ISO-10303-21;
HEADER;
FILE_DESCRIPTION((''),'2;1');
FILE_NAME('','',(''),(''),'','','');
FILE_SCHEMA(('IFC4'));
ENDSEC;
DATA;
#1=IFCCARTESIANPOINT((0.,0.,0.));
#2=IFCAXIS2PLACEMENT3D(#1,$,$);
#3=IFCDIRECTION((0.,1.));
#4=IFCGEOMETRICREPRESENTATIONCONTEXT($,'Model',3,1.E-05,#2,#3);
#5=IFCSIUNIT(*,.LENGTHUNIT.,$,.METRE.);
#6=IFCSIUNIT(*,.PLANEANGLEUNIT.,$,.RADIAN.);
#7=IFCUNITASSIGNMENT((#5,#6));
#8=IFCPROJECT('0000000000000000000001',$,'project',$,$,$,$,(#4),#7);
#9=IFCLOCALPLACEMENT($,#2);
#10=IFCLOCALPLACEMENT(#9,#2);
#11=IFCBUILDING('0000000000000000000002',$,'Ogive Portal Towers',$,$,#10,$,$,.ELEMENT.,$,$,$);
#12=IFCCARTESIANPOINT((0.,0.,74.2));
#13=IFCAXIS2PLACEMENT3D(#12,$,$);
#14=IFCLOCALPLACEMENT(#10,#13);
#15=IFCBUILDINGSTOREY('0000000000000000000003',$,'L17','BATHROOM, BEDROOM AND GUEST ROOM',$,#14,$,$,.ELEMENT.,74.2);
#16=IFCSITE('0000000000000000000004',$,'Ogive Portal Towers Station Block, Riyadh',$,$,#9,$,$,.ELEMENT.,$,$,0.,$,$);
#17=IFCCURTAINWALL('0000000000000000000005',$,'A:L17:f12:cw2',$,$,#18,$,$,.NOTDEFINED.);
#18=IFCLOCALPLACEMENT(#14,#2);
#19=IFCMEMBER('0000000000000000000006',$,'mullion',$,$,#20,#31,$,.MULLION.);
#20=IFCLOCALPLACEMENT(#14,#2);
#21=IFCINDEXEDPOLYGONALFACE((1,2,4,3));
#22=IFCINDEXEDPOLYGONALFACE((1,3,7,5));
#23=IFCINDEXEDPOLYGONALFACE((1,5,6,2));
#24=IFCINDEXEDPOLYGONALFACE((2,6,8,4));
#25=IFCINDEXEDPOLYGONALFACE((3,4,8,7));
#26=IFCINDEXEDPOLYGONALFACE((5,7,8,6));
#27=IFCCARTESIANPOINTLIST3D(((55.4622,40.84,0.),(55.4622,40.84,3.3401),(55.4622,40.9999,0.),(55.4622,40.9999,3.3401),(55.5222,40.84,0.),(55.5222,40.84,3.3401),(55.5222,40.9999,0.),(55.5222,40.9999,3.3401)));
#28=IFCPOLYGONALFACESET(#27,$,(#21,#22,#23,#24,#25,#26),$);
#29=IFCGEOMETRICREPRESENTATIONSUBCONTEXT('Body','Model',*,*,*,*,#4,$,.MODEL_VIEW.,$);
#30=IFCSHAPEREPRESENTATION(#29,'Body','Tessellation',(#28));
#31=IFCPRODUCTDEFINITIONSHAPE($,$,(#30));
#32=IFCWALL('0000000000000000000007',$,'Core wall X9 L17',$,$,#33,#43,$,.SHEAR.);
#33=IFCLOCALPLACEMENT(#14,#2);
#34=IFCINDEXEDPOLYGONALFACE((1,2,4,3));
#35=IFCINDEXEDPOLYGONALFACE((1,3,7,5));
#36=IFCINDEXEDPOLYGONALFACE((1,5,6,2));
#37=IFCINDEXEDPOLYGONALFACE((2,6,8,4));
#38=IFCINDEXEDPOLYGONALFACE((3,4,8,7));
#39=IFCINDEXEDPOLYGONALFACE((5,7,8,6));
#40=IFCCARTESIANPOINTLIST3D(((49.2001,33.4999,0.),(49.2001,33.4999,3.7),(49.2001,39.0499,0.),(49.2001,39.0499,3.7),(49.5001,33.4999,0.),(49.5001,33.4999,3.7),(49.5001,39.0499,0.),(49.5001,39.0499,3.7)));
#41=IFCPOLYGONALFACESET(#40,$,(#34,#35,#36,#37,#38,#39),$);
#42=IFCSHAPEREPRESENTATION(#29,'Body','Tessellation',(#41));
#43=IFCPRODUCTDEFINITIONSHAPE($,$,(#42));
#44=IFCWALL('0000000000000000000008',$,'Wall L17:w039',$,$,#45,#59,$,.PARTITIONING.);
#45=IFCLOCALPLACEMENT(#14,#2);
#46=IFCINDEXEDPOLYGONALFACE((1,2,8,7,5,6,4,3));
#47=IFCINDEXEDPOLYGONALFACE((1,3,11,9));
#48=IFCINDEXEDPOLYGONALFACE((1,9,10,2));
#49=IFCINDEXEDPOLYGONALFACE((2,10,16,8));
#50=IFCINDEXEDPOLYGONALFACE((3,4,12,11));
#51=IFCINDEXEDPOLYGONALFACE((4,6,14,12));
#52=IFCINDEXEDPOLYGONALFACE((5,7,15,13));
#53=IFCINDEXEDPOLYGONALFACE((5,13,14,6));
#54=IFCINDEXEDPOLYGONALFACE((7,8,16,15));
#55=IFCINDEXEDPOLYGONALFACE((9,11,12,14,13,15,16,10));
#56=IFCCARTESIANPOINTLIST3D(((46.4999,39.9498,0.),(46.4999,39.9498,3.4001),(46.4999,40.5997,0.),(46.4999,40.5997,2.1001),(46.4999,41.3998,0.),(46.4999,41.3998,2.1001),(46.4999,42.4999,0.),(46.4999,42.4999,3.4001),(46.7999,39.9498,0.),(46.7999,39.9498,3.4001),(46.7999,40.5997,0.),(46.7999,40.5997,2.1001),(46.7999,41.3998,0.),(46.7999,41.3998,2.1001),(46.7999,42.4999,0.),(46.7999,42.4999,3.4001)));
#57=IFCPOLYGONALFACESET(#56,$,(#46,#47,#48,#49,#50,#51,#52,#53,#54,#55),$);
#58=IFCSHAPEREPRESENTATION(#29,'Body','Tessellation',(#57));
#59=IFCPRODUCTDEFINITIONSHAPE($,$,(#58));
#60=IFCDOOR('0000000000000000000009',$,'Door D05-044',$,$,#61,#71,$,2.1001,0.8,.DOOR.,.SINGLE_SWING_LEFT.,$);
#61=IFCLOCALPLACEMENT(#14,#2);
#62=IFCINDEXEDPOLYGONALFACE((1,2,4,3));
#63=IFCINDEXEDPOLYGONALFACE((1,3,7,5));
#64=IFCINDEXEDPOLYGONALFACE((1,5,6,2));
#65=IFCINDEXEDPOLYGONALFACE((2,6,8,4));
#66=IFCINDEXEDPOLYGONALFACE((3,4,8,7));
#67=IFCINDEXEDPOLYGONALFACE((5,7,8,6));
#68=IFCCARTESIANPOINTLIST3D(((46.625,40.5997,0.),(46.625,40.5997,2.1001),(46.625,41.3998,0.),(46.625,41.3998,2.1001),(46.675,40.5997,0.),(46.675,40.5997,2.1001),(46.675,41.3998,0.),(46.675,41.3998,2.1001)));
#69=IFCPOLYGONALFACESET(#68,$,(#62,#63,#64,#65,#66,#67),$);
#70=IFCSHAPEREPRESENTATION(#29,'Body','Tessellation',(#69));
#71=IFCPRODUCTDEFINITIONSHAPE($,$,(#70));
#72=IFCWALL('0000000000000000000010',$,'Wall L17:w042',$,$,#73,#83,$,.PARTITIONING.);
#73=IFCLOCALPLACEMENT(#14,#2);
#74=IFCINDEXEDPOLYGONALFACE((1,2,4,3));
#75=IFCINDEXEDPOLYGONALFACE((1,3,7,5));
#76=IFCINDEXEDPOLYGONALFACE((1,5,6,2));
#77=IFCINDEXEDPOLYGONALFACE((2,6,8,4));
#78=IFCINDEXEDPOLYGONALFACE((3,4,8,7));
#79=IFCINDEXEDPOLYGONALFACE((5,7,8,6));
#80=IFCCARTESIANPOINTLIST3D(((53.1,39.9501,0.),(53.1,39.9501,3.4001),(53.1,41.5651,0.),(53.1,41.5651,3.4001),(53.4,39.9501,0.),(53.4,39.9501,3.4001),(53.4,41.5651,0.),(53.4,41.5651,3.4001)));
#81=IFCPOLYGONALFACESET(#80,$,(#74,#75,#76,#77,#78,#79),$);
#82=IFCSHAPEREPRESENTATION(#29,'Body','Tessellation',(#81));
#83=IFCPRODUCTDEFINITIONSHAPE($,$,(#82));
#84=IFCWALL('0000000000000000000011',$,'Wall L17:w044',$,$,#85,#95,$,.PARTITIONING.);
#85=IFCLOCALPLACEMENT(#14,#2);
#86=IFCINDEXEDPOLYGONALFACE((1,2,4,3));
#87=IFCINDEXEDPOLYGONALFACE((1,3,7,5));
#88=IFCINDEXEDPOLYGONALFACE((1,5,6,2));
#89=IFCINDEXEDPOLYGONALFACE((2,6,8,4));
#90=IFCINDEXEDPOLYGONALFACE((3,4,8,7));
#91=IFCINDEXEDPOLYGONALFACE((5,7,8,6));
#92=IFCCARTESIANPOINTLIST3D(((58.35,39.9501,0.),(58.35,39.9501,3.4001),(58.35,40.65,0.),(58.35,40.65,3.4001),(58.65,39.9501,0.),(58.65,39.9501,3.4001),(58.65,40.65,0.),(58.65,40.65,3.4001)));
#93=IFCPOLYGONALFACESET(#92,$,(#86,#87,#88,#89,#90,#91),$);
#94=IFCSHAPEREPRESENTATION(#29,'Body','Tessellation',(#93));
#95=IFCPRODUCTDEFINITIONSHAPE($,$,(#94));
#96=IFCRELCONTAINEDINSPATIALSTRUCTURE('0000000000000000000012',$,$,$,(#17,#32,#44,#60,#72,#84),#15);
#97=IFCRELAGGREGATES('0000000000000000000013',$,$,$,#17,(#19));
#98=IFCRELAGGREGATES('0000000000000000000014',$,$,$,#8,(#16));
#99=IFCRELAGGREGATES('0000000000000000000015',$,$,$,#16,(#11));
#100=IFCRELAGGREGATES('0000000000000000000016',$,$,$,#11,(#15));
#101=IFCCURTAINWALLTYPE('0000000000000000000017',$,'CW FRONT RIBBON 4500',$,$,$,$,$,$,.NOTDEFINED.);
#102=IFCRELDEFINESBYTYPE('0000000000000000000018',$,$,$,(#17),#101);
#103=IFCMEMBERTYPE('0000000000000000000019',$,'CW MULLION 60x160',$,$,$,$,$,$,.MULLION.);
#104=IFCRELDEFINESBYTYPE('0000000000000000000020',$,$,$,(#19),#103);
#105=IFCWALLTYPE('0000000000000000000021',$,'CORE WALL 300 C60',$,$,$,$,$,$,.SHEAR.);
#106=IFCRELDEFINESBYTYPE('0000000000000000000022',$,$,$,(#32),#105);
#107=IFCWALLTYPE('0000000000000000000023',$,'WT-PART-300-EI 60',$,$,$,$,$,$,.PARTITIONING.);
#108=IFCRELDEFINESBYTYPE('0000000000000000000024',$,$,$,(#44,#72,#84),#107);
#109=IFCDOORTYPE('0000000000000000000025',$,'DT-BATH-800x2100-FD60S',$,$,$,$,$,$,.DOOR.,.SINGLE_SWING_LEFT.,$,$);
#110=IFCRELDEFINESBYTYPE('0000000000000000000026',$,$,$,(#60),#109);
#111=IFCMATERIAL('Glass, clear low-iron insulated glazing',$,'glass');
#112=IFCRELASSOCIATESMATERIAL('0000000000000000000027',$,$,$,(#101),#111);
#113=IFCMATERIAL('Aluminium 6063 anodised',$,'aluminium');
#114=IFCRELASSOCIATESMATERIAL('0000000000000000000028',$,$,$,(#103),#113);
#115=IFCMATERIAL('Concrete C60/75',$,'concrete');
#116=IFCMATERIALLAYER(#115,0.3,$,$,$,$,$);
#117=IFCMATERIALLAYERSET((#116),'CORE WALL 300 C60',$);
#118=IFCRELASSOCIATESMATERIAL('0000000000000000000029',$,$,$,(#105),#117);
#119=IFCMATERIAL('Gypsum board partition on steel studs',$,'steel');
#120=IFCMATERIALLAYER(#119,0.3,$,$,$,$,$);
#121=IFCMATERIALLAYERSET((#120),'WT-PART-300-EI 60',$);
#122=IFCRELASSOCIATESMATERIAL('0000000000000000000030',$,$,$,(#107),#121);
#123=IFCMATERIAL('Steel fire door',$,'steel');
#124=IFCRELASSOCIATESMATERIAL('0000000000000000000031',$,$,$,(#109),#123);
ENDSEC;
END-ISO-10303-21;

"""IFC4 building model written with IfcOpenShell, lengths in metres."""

from ifc_helpers import new_model, si_unit, direction, frame, frame_2d, origin, origin_2d, place, context, subcontext, project, spatial, rectangle, extrude, material, layer, layer_set, material_profile, profile_set, type_object, element, fill, aggregate, save


model = new_model("IFC4")

# Units and contexts
model_context = context("Model", 3, precision=1e-05, world=origin(), true_north=direction((0.0, 1.0)))
body_context = subcontext(model_context, "Body", "Model", "MODEL_VIEW")
ifc_project = project(units=[si_unit("LENGTHUNIT", "METRE"), si_unit("PLANEANGLEUNIT", "RADIAN")], contexts=[model_context])

# Site, building, storey
site_placement = place(None, origin())
site = spatial("IfcSite", under=ifc_project, at=site_placement, Name="Ogive Portal Towers Station Block, Riyadh", CompositionType="ELEMENT", RefElevation=0.0)
building_placement = place(site_placement, origin())
building = spatial("IfcBuilding", under=site, at=building_placement, Name="Ogive Portal Towers", CompositionType="ELEMENT")
storey_placement = place(building_placement, frame((0.0, 0.0, 74.2)))
storey = spatial("IfcBuildingStorey", under=building, at=storey_placement, Name="L17", Description="BATHROOM, BEDROOM AND GUEST ROOM", CompositionType="ELEMENT", Elevation=74.2)

# Curtain wall, member
ifc_material_1 = material(Name="Glass, clear low-iron insulated glazing", Category="glass")
curtain_wall_type = type_object("IfcCurtainWallType", Name="CW FRONT RIBBON 4500", PredefinedType="NOTDEFINED", material=ifc_material_1)
curtain_wall_placement = place(storey_placement, origin())
curtain_wall = element("IfcCurtainWall", 1, at=curtain_wall_placement, inside=storey, type_object=curtain_wall_type, Name="A:L17:f12:cw2", PredefinedType="NOTDEFINED")
ifc_material_2 = material(Name="Aluminium 6063 anodised", Category="aluminium")
ifc_material_profile = material_profile(ifc_material_2, rectangle(XDim=0.1599, YDim=0.0601, at=origin_2d()), Name="AL 60x160")
ifc_profile_set = profile_set([ifc_material_profile], Name="Aluminium 6063 anodised")
member_type = type_object("IfcMemberType", Name="CW MULLION 60x160", PredefinedType="MULLION", material=ifc_profile_set)
member_placement = place(storey_placement, frame((55.4922, 40.9199, 0.0), z_axis=(0.0, 0.0, 1.0), x_axis=(0.0, -1.0, 0.0)))
member = element("IfcMember", 2, at=member_placement, type_object=member_type, Name="mullion", PredefinedType="MULLION", context=body_context, shape_type="SweptSolid", body=[
    extrude(rectangle(XDim=0.1599, YDim=0.0601, at=origin_2d()), origin(), (0.0, 0.0, 1.0), 3.3401),
])
aggregate(curtain_wall, [member])

# Wall
ifc_material_3 = material(Name="Concrete C60/75", Category="concrete")
ifc_layer_1 = layer(ifc_material_3, 0.3)
ifc_layer_set_1 = layer_set([ifc_layer_1], Name="CORE WALL 300 C60")
wall_type_1 = type_object("IfcWallType", Name="CORE WALL 300 C60", PredefinedType="SHEAR", material=ifc_layer_set_1)
wall_1_placement = place(storey_placement, frame((49.3501, 33.5, 0.0), z_axis=(0.0, 0.0, 1.0), x_axis=(0.0, 1.0, 0.0)))
element("IfcWall", 3, at=wall_1_placement, inside=storey, type_object=wall_type_1, Name="Core wall X9 L17", PredefinedType="SHEAR", context=body_context, shape_type="SweptSolid", body=[
    extrude(rectangle(XDim=5.55, YDim=0.3, at=frame_2d((2.7749, 0.0))), origin(), (0.0, 0.0, 1.0), 3.7),
])

# Wall, opening, door
ifc_material_4 = material(Name="Gypsum board partition on steel studs", Category="steel")
ifc_layer_2 = layer(ifc_material_4, 0.3)
ifc_layer_set_2 = layer_set([ifc_layer_2], Name="WT-PART-300-EI 60")
wall_type_2 = type_object("IfcWallType", Name="WT-PART-300-EI 60", PredefinedType="PARTITIONING", material=ifc_layer_set_2)
wall_2_placement = place(storey_placement, frame((46.6499, 39.95, 0.0), z_axis=(0.0, 0.0, 1.0), x_axis=(0.0, 1.0, 0.0)))
wall_2 = element("IfcWall", 4, at=wall_2_placement, inside=storey, type_object=wall_type_2, Name="Wall L17:w039", PredefinedType="PARTITIONING", context=body_context, shape_type="SweptSolid", body=[
    extrude(rectangle(XDim=2.55, YDim=0.3, at=frame_2d((1.2749, 0.0))), origin(), (0.0, 0.0, 1.0), 3.4001),
])
opening_1_placement = place(wall_2_placement, frame((0.6499, 0.0, 0.0)))
opening_1 = element("IfcOpeningElement", 5, at=opening_1_placement, cuts=wall_2, PredefinedType="OPENING", context=body_context, shape_type="SweptSolid", body=[
    extrude(rectangle(XDim=0.8, YDim=2.1001, at=frame_2d((0.3999, 1.05))), frame((0.0, 0.1602, 0.0), z_axis=(0.0, -1.0, 0.0), x_axis=(1.0, 0.0, 0.0)), (0.0, 0.0, 1.0), 0.3201),
])
ifc_material_5 = material(Name="Steel fire door", Category="steel")
door_type_1 = type_object("IfcDoorType", Name="DT-BATH-800x2100-FD60S", OperationType="SINGLE_SWING_LEFT", PredefinedType="DOOR", material=ifc_material_5)
door_1_placement = place(opening_1_placement, origin())
door_1 = element("IfcDoor", 6, at=door_1_placement, inside=storey, type_object=door_type_1, Name="Door D05-044", OperationType="SINGLE_SWING_LEFT", OverallHeight=2.1001, OverallWidth=0.8, PredefinedType="DOOR", context=body_context, shape_type="SweptSolid", body=[
    extrude(rectangle(XDim=0.8, YDim=2.1001, at=frame_2d((0.3999, 1.05))), frame((0.0, 0.0249, 0.0), z_axis=(0.0, -1.0, 0.0), x_axis=(1.0, 0.0, 0.0)), (0.0, 0.0, 1.0), 0.05),
])
fill(opening_1, door_1)

# Walls
wall_3_placement = place(storey_placement, frame((53.25, 39.95, 0.0), z_axis=(0.0, 0.0, 1.0), x_axis=(0.0, 1.0, 0.0)))
element("IfcWall", 7, at=wall_3_placement, inside=storey, type_object=wall_type_2, Name="Wall L17:w042", PredefinedType="PARTITIONING", context=body_context, shape_type="SweptSolid", body=[
    extrude(rectangle(XDim=1.615, YDim=0.3, at=frame_2d((0.8076, 0.0))), origin(), (0.0, 0.0, 1.0), 3.4001),
])
wall_4_placement = place(storey_placement, frame((58.5, 39.95, 0.0), z_axis=(0.0, 0.0, 1.0), x_axis=(0.0, 1.0, 0.0)))
element("IfcWall", 8, at=wall_4_placement, inside=storey, type_object=wall_type_2, Name="Wall L17:w044", PredefinedType="PARTITIONING", context=body_context, shape_type="SweptSolid", body=[
    extrude(rectangle(XDim=0.7, YDim=0.3, at=frame_2d((0.3501, 0.0))), origin(), (0.0, 0.0, 1.0), 3.4001),
])

save(model, "model.ifc")
